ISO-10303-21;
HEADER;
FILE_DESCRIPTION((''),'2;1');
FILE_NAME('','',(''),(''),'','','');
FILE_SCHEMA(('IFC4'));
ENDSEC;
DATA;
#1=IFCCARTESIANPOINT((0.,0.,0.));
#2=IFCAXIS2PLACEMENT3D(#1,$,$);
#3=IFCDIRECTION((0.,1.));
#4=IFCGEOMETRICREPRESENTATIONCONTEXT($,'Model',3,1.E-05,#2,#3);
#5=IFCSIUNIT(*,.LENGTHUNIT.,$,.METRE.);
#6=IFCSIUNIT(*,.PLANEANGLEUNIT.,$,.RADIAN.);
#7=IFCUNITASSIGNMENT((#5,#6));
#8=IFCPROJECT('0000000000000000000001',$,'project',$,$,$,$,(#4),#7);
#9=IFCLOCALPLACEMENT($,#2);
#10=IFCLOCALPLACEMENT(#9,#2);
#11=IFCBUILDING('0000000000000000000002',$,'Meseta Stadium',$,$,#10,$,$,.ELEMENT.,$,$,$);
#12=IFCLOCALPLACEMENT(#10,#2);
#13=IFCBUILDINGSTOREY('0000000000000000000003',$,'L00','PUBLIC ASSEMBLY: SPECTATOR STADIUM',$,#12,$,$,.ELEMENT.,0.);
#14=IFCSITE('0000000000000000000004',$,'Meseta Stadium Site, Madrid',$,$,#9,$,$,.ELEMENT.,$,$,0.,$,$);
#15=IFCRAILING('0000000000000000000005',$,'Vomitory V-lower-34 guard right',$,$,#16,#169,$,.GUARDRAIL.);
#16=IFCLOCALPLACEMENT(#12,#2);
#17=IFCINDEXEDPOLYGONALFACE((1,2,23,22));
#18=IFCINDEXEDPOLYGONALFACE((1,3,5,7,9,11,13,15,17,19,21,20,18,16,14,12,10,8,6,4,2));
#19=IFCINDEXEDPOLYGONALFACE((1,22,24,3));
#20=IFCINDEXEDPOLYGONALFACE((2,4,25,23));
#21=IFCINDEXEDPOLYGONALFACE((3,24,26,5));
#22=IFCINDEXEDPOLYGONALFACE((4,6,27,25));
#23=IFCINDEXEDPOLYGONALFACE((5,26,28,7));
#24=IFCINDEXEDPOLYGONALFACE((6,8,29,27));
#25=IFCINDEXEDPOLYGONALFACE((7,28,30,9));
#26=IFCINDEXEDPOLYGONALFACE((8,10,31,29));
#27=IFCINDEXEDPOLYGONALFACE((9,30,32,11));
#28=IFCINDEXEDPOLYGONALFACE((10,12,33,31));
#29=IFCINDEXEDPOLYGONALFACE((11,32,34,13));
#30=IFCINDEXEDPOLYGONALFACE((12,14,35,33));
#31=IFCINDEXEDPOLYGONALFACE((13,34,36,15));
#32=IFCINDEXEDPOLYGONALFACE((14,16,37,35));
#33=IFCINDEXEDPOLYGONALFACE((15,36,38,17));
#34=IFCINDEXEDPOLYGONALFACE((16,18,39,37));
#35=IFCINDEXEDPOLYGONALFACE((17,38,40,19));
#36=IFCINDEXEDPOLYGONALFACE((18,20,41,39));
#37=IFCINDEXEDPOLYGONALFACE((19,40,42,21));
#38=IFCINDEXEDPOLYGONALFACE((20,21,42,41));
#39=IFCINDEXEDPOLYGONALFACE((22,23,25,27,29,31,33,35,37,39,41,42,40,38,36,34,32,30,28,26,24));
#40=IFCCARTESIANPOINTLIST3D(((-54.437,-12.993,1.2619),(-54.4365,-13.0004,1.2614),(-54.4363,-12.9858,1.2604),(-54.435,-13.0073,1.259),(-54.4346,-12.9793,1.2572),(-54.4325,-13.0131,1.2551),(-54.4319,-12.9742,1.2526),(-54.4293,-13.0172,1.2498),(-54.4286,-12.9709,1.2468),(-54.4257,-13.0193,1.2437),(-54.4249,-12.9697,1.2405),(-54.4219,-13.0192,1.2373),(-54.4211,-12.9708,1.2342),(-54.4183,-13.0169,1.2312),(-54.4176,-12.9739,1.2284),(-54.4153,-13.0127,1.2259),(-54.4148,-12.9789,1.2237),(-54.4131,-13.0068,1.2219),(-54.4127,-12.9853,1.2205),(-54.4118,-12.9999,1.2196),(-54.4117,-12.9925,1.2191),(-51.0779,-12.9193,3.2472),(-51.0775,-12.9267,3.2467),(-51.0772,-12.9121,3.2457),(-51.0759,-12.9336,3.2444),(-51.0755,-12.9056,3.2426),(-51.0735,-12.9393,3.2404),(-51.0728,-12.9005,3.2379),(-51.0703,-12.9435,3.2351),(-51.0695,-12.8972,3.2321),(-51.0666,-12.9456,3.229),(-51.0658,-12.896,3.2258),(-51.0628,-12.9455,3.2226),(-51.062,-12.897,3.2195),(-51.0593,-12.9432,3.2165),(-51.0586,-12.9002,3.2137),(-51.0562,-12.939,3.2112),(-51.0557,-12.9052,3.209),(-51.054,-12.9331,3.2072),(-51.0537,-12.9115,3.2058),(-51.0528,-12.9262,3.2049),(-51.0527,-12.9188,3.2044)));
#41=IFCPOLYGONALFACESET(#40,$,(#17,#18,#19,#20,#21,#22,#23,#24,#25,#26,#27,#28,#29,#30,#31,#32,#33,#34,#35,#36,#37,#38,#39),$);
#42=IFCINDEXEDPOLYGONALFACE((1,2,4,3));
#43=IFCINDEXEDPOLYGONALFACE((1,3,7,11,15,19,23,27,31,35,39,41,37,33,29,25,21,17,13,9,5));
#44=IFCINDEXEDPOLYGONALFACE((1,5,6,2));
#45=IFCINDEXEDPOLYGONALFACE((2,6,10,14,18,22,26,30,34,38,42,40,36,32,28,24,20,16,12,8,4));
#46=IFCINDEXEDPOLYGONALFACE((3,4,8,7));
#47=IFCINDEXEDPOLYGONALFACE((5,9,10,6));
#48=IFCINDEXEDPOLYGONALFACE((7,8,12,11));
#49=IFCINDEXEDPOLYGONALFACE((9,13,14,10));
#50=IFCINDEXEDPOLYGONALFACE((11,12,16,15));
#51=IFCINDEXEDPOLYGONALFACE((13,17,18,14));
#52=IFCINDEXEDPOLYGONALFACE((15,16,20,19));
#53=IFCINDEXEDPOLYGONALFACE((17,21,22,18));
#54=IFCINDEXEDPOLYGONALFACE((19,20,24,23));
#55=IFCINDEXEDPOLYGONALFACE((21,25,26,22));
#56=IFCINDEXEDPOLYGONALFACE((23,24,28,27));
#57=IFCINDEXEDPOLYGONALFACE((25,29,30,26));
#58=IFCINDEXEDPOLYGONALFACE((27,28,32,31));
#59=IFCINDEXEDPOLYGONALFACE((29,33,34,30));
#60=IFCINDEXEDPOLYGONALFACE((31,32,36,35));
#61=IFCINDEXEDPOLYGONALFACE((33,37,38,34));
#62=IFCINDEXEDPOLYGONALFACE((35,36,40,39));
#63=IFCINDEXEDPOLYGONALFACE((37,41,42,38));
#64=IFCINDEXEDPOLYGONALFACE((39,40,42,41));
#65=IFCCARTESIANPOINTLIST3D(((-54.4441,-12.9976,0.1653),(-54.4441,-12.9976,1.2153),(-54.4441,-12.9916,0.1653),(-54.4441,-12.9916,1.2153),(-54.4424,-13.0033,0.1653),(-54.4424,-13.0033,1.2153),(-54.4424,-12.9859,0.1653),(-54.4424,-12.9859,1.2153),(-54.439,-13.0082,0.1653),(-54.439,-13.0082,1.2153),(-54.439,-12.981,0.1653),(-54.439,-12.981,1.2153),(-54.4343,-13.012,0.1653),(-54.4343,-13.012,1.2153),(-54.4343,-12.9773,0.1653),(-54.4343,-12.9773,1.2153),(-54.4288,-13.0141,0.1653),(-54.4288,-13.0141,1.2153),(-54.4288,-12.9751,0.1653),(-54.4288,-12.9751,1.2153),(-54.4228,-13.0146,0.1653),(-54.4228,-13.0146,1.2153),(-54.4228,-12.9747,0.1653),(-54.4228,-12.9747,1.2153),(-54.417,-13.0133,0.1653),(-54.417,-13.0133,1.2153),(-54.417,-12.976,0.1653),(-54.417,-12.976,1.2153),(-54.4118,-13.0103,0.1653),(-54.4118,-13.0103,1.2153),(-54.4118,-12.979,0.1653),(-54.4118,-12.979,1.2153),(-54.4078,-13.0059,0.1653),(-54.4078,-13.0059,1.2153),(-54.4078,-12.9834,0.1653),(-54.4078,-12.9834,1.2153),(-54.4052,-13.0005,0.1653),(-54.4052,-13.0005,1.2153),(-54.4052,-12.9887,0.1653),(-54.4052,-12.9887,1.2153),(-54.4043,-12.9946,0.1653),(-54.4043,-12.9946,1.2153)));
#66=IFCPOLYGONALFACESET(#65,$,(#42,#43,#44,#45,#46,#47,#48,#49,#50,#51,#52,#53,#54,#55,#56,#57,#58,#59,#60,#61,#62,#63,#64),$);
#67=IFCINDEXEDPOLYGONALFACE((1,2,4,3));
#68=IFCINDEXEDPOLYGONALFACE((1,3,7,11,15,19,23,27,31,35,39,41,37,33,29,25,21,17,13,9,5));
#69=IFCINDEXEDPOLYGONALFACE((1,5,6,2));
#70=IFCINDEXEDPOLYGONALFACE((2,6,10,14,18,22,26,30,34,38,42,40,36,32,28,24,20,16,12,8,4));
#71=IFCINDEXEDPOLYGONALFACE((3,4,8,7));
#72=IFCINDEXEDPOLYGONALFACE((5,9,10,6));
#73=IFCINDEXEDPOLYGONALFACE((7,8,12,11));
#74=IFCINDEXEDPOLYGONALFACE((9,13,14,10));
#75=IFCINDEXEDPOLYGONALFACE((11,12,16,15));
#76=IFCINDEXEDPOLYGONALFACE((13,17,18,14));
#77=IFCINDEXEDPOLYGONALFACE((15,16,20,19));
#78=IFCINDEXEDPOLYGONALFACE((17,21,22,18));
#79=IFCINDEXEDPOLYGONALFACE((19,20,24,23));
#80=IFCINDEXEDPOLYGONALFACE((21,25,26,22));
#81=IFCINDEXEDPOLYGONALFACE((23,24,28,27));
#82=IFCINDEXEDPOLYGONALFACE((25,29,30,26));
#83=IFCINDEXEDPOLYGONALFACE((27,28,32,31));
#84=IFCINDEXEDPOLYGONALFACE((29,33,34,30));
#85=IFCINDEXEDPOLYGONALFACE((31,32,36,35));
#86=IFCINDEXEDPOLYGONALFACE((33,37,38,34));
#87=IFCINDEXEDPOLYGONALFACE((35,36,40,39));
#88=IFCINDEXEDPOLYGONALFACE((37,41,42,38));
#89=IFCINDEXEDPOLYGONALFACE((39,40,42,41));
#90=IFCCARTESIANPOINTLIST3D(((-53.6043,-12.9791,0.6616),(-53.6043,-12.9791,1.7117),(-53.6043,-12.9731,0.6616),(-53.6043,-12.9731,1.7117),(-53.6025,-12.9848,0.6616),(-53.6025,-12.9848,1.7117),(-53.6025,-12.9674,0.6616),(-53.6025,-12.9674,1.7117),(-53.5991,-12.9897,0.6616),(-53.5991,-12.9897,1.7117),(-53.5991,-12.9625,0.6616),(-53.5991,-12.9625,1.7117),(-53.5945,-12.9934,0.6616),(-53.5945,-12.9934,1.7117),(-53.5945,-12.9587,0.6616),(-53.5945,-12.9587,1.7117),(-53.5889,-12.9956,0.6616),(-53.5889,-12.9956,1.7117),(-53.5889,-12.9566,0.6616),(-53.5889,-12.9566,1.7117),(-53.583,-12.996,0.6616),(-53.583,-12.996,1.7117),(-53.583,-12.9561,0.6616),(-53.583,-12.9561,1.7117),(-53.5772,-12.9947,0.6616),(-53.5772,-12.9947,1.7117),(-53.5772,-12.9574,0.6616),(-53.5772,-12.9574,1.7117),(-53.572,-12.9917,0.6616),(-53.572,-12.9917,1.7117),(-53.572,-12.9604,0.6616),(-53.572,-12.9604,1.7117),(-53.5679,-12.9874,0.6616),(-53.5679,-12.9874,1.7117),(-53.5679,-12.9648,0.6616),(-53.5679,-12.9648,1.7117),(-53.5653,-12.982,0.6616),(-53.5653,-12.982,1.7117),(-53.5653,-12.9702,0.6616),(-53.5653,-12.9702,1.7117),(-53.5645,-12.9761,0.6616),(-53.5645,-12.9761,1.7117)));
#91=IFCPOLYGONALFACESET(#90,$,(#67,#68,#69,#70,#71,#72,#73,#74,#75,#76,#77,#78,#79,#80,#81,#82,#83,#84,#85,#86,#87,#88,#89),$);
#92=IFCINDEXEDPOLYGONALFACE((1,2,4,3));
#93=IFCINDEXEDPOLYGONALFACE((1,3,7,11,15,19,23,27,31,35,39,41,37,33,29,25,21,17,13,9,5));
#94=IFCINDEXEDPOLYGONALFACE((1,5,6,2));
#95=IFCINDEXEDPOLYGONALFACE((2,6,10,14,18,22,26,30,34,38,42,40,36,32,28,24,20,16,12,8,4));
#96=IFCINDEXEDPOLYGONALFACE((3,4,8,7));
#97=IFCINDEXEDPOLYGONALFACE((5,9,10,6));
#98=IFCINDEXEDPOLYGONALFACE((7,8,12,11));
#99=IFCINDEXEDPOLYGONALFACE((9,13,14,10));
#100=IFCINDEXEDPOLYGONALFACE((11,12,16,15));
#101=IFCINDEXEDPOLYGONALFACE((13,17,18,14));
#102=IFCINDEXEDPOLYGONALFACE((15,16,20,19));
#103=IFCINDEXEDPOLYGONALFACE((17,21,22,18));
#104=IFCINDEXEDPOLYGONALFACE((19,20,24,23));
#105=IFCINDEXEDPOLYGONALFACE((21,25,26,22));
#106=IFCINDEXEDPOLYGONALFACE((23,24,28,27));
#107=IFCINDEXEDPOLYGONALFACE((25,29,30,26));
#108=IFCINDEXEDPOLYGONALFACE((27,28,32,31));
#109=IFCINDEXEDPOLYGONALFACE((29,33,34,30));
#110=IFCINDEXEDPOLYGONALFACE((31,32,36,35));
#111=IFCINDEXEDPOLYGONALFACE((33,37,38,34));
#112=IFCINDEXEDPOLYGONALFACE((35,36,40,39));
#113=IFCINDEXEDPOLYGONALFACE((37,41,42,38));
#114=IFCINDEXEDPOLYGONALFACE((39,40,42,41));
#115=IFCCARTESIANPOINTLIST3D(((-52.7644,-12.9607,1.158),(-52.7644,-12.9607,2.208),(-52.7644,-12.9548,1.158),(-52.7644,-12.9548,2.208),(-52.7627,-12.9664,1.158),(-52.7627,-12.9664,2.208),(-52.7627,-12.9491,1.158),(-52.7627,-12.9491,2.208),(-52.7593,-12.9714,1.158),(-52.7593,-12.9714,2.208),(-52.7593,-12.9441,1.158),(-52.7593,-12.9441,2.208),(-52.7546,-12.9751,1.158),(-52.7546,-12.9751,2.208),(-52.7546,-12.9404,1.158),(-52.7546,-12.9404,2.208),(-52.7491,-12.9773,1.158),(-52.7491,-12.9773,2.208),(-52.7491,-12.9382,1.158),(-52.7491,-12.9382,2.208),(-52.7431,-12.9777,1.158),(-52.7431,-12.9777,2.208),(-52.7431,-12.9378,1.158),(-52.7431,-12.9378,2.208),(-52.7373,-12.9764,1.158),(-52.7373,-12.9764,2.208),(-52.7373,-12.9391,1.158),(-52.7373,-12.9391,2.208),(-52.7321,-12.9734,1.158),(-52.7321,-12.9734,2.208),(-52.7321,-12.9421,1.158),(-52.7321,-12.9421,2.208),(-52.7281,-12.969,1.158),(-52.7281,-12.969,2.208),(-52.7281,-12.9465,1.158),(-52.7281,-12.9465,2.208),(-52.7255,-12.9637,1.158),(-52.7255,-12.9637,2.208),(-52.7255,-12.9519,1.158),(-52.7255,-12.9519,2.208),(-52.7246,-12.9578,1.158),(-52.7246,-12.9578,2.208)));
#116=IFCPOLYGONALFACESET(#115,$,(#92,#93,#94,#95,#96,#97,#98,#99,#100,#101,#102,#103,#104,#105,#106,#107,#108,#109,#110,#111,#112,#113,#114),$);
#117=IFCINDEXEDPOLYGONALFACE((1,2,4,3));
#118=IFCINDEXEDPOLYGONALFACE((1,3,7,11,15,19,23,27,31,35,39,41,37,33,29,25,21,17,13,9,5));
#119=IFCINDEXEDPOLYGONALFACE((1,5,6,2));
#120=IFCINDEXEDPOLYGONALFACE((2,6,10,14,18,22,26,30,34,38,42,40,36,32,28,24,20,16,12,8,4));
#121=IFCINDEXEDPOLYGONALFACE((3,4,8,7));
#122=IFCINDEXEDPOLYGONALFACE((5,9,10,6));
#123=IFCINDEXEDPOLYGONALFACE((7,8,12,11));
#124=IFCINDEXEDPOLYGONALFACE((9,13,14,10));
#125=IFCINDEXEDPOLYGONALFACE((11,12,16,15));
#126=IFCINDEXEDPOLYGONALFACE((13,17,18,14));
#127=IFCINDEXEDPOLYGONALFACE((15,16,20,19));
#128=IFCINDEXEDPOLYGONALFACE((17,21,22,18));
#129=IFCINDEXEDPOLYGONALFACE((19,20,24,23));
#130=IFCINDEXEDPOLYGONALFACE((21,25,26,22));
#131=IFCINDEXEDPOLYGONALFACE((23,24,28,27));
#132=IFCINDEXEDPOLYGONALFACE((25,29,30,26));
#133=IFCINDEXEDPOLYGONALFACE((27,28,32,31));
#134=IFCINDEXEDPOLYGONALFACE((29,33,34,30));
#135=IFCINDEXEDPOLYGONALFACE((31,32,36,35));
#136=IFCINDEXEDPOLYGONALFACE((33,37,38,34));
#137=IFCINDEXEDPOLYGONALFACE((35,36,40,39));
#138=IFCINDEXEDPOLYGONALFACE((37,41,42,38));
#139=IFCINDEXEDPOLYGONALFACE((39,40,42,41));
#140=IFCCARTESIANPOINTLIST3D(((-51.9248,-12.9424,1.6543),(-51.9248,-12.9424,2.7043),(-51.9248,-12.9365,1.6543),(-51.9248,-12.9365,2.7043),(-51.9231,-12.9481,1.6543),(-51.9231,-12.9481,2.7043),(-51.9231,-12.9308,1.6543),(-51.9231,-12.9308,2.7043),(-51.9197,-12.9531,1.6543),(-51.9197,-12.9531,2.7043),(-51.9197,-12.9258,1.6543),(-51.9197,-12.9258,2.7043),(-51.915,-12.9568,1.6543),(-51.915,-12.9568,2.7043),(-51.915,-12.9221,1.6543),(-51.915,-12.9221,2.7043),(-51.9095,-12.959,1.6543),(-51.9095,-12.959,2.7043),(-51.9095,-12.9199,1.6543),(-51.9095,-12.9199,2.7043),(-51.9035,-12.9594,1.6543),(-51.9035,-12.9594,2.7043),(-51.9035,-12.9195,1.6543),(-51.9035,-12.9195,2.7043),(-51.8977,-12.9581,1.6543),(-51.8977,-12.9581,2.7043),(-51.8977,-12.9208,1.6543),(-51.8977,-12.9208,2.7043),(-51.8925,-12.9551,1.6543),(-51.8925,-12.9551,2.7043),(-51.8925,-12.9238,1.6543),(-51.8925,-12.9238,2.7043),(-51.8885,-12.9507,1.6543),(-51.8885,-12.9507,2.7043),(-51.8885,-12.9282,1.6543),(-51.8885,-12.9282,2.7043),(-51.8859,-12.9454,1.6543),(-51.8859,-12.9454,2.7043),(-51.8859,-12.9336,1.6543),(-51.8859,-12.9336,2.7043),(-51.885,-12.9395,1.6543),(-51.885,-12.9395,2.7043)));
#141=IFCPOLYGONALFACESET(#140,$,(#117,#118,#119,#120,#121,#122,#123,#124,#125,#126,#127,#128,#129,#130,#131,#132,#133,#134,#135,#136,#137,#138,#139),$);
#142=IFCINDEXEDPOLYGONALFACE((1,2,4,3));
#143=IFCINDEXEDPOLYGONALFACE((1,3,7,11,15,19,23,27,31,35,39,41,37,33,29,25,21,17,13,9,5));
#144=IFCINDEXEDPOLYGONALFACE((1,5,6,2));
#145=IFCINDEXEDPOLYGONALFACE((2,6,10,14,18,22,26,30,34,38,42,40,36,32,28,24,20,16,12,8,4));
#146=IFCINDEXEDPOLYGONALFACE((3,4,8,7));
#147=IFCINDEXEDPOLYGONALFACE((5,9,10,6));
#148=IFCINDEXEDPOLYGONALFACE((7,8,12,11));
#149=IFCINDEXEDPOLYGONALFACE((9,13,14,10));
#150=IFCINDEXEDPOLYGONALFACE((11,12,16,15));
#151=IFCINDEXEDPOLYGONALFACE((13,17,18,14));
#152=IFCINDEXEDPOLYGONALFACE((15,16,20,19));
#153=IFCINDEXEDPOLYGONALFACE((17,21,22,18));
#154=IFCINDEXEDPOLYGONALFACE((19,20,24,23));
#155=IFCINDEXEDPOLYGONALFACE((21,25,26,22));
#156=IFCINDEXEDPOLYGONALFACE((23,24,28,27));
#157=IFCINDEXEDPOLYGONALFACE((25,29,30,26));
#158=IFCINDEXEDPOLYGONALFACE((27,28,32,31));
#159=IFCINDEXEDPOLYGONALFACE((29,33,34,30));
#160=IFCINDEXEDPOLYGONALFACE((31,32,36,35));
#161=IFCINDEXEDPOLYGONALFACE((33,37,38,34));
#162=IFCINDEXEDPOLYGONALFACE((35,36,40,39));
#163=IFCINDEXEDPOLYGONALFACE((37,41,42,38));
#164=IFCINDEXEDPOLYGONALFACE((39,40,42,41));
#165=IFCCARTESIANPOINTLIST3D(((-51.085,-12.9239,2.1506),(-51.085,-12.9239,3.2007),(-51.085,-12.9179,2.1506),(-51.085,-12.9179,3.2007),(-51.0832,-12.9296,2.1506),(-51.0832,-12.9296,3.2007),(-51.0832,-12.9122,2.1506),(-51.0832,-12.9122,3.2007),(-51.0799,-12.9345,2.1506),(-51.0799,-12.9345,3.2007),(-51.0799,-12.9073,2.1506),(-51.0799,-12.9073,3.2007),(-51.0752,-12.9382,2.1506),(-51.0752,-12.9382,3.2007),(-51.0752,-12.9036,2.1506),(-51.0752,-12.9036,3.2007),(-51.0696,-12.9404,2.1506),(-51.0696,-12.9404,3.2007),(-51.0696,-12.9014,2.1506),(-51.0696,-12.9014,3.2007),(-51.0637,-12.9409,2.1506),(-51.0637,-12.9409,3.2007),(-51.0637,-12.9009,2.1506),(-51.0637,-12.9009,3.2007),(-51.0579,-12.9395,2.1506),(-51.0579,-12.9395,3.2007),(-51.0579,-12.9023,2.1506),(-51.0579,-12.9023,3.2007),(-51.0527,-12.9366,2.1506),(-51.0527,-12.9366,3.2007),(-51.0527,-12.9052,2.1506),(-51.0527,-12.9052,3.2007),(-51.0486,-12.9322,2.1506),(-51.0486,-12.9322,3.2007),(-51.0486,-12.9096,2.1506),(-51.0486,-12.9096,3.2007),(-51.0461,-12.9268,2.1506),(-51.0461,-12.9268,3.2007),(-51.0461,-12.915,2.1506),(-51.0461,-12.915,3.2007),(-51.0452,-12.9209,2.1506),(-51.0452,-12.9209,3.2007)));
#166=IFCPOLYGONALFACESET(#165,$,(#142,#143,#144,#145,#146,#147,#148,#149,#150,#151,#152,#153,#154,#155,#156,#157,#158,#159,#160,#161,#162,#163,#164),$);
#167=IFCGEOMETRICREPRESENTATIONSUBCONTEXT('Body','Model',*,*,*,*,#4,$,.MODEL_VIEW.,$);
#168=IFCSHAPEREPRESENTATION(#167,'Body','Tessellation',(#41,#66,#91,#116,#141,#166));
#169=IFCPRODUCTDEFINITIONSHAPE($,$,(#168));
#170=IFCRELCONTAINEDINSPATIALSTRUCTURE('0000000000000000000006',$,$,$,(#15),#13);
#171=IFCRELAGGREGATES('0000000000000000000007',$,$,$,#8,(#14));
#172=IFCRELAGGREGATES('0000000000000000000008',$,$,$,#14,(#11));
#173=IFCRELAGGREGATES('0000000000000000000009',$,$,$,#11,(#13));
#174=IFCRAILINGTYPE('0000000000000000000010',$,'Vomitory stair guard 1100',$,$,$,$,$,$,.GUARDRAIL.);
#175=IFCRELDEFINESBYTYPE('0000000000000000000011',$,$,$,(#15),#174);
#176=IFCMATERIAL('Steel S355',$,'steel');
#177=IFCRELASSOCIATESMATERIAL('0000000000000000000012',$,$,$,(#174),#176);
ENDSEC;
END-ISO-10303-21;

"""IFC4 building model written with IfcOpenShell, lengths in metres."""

from ifc_helpers import new_model, si_unit, direction, frame, origin, origin_2d, place, context, subcontext, project, spatial, circle, extrude, material, type_object, element, save


model = new_model("IFC4")

# Units and contexts
model_context = context("Model", 3, precision=1e-05, world=origin(), true_north=direction((0.0, 1.0)))
body_context = subcontext(model_context, "Body", "Model", "MODEL_VIEW")
ifc_project = project(units=[si_unit("LENGTHUNIT", "METRE"), si_unit("PLANEANGLEUNIT", "RADIAN")], contexts=[model_context])

# Site, building, storey
site_placement = place(None, origin())
site = spatial("IfcSite", under=ifc_project, at=site_placement, Name="Meseta Stadium Site, Madrid", CompositionType="ELEMENT", RefElevation=0.0)
building_placement = place(site_placement, origin())
building = spatial("IfcBuilding", under=site, at=building_placement, Name="Meseta Stadium", CompositionType="ELEMENT")
storey_placement = place(building_placement, origin())
storey = spatial("IfcBuildingStorey", under=building, at=storey_placement, Name="L00", Description="PUBLIC ASSEMBLY: SPECTATOR STADIUM", CompositionType="ELEMENT", Elevation=0.0)

# Railing
ifc_material_1 = material(Name="Steel S355", Category="steel")
railing_type_1 = type_object("IfcRailingType", Name="Vomitory stair guard 1100", PredefinedType="GUARDRAIL", material=ifc_material_1)
railing_1_placement = place(storey_placement, frame((-54.4243, -12.9946, 0.1653)))
element("IfcRailing", 1, at=railing_1_placement, inside=storey, type_object=railing_type_1, Name="Vomitory V-lower-34 guard right", PredefinedType="GUARDRAIL", context=body_context, shape_type="SweptSolid", body=[
    extrude(circle(Radius=0.0249, at=origin_2d()), frame((0.0, 0.0, 1.0752), z_axis=(0.860727, 0.018892, 0.508716), x_axis=(-0.021944, 0.999759, 0.0)), (0.0, 0.0, 1.0), 3.9026),
    extrude(circle(Radius=0.02, at=origin_2d()), origin(), (0.0, 0.0, 1.0), 1.05),
    extrude(circle(Radius=0.02, at=origin_2d()), frame((0.8398, 0.0186, 0.4963)), (0.0, 0.0, 1.0), 1.05),
    extrude(circle(Radius=0.02, at=origin_2d()), frame((1.6797, 0.0369, 0.9927)), (0.0, 0.0, 1.0), 1.05),
    extrude(circle(Radius=0.02, at=origin_2d()), frame((2.5193, 0.0552, 1.489)), (0.0, 0.0, 1.0), 1.05),
    extrude(circle(Radius=0.02, at=origin_2d()), frame((3.3591, 0.0737, 1.9854)), (0.0, 0.0, 1.0), 1.05),
])

save(model, "model.ifc")
